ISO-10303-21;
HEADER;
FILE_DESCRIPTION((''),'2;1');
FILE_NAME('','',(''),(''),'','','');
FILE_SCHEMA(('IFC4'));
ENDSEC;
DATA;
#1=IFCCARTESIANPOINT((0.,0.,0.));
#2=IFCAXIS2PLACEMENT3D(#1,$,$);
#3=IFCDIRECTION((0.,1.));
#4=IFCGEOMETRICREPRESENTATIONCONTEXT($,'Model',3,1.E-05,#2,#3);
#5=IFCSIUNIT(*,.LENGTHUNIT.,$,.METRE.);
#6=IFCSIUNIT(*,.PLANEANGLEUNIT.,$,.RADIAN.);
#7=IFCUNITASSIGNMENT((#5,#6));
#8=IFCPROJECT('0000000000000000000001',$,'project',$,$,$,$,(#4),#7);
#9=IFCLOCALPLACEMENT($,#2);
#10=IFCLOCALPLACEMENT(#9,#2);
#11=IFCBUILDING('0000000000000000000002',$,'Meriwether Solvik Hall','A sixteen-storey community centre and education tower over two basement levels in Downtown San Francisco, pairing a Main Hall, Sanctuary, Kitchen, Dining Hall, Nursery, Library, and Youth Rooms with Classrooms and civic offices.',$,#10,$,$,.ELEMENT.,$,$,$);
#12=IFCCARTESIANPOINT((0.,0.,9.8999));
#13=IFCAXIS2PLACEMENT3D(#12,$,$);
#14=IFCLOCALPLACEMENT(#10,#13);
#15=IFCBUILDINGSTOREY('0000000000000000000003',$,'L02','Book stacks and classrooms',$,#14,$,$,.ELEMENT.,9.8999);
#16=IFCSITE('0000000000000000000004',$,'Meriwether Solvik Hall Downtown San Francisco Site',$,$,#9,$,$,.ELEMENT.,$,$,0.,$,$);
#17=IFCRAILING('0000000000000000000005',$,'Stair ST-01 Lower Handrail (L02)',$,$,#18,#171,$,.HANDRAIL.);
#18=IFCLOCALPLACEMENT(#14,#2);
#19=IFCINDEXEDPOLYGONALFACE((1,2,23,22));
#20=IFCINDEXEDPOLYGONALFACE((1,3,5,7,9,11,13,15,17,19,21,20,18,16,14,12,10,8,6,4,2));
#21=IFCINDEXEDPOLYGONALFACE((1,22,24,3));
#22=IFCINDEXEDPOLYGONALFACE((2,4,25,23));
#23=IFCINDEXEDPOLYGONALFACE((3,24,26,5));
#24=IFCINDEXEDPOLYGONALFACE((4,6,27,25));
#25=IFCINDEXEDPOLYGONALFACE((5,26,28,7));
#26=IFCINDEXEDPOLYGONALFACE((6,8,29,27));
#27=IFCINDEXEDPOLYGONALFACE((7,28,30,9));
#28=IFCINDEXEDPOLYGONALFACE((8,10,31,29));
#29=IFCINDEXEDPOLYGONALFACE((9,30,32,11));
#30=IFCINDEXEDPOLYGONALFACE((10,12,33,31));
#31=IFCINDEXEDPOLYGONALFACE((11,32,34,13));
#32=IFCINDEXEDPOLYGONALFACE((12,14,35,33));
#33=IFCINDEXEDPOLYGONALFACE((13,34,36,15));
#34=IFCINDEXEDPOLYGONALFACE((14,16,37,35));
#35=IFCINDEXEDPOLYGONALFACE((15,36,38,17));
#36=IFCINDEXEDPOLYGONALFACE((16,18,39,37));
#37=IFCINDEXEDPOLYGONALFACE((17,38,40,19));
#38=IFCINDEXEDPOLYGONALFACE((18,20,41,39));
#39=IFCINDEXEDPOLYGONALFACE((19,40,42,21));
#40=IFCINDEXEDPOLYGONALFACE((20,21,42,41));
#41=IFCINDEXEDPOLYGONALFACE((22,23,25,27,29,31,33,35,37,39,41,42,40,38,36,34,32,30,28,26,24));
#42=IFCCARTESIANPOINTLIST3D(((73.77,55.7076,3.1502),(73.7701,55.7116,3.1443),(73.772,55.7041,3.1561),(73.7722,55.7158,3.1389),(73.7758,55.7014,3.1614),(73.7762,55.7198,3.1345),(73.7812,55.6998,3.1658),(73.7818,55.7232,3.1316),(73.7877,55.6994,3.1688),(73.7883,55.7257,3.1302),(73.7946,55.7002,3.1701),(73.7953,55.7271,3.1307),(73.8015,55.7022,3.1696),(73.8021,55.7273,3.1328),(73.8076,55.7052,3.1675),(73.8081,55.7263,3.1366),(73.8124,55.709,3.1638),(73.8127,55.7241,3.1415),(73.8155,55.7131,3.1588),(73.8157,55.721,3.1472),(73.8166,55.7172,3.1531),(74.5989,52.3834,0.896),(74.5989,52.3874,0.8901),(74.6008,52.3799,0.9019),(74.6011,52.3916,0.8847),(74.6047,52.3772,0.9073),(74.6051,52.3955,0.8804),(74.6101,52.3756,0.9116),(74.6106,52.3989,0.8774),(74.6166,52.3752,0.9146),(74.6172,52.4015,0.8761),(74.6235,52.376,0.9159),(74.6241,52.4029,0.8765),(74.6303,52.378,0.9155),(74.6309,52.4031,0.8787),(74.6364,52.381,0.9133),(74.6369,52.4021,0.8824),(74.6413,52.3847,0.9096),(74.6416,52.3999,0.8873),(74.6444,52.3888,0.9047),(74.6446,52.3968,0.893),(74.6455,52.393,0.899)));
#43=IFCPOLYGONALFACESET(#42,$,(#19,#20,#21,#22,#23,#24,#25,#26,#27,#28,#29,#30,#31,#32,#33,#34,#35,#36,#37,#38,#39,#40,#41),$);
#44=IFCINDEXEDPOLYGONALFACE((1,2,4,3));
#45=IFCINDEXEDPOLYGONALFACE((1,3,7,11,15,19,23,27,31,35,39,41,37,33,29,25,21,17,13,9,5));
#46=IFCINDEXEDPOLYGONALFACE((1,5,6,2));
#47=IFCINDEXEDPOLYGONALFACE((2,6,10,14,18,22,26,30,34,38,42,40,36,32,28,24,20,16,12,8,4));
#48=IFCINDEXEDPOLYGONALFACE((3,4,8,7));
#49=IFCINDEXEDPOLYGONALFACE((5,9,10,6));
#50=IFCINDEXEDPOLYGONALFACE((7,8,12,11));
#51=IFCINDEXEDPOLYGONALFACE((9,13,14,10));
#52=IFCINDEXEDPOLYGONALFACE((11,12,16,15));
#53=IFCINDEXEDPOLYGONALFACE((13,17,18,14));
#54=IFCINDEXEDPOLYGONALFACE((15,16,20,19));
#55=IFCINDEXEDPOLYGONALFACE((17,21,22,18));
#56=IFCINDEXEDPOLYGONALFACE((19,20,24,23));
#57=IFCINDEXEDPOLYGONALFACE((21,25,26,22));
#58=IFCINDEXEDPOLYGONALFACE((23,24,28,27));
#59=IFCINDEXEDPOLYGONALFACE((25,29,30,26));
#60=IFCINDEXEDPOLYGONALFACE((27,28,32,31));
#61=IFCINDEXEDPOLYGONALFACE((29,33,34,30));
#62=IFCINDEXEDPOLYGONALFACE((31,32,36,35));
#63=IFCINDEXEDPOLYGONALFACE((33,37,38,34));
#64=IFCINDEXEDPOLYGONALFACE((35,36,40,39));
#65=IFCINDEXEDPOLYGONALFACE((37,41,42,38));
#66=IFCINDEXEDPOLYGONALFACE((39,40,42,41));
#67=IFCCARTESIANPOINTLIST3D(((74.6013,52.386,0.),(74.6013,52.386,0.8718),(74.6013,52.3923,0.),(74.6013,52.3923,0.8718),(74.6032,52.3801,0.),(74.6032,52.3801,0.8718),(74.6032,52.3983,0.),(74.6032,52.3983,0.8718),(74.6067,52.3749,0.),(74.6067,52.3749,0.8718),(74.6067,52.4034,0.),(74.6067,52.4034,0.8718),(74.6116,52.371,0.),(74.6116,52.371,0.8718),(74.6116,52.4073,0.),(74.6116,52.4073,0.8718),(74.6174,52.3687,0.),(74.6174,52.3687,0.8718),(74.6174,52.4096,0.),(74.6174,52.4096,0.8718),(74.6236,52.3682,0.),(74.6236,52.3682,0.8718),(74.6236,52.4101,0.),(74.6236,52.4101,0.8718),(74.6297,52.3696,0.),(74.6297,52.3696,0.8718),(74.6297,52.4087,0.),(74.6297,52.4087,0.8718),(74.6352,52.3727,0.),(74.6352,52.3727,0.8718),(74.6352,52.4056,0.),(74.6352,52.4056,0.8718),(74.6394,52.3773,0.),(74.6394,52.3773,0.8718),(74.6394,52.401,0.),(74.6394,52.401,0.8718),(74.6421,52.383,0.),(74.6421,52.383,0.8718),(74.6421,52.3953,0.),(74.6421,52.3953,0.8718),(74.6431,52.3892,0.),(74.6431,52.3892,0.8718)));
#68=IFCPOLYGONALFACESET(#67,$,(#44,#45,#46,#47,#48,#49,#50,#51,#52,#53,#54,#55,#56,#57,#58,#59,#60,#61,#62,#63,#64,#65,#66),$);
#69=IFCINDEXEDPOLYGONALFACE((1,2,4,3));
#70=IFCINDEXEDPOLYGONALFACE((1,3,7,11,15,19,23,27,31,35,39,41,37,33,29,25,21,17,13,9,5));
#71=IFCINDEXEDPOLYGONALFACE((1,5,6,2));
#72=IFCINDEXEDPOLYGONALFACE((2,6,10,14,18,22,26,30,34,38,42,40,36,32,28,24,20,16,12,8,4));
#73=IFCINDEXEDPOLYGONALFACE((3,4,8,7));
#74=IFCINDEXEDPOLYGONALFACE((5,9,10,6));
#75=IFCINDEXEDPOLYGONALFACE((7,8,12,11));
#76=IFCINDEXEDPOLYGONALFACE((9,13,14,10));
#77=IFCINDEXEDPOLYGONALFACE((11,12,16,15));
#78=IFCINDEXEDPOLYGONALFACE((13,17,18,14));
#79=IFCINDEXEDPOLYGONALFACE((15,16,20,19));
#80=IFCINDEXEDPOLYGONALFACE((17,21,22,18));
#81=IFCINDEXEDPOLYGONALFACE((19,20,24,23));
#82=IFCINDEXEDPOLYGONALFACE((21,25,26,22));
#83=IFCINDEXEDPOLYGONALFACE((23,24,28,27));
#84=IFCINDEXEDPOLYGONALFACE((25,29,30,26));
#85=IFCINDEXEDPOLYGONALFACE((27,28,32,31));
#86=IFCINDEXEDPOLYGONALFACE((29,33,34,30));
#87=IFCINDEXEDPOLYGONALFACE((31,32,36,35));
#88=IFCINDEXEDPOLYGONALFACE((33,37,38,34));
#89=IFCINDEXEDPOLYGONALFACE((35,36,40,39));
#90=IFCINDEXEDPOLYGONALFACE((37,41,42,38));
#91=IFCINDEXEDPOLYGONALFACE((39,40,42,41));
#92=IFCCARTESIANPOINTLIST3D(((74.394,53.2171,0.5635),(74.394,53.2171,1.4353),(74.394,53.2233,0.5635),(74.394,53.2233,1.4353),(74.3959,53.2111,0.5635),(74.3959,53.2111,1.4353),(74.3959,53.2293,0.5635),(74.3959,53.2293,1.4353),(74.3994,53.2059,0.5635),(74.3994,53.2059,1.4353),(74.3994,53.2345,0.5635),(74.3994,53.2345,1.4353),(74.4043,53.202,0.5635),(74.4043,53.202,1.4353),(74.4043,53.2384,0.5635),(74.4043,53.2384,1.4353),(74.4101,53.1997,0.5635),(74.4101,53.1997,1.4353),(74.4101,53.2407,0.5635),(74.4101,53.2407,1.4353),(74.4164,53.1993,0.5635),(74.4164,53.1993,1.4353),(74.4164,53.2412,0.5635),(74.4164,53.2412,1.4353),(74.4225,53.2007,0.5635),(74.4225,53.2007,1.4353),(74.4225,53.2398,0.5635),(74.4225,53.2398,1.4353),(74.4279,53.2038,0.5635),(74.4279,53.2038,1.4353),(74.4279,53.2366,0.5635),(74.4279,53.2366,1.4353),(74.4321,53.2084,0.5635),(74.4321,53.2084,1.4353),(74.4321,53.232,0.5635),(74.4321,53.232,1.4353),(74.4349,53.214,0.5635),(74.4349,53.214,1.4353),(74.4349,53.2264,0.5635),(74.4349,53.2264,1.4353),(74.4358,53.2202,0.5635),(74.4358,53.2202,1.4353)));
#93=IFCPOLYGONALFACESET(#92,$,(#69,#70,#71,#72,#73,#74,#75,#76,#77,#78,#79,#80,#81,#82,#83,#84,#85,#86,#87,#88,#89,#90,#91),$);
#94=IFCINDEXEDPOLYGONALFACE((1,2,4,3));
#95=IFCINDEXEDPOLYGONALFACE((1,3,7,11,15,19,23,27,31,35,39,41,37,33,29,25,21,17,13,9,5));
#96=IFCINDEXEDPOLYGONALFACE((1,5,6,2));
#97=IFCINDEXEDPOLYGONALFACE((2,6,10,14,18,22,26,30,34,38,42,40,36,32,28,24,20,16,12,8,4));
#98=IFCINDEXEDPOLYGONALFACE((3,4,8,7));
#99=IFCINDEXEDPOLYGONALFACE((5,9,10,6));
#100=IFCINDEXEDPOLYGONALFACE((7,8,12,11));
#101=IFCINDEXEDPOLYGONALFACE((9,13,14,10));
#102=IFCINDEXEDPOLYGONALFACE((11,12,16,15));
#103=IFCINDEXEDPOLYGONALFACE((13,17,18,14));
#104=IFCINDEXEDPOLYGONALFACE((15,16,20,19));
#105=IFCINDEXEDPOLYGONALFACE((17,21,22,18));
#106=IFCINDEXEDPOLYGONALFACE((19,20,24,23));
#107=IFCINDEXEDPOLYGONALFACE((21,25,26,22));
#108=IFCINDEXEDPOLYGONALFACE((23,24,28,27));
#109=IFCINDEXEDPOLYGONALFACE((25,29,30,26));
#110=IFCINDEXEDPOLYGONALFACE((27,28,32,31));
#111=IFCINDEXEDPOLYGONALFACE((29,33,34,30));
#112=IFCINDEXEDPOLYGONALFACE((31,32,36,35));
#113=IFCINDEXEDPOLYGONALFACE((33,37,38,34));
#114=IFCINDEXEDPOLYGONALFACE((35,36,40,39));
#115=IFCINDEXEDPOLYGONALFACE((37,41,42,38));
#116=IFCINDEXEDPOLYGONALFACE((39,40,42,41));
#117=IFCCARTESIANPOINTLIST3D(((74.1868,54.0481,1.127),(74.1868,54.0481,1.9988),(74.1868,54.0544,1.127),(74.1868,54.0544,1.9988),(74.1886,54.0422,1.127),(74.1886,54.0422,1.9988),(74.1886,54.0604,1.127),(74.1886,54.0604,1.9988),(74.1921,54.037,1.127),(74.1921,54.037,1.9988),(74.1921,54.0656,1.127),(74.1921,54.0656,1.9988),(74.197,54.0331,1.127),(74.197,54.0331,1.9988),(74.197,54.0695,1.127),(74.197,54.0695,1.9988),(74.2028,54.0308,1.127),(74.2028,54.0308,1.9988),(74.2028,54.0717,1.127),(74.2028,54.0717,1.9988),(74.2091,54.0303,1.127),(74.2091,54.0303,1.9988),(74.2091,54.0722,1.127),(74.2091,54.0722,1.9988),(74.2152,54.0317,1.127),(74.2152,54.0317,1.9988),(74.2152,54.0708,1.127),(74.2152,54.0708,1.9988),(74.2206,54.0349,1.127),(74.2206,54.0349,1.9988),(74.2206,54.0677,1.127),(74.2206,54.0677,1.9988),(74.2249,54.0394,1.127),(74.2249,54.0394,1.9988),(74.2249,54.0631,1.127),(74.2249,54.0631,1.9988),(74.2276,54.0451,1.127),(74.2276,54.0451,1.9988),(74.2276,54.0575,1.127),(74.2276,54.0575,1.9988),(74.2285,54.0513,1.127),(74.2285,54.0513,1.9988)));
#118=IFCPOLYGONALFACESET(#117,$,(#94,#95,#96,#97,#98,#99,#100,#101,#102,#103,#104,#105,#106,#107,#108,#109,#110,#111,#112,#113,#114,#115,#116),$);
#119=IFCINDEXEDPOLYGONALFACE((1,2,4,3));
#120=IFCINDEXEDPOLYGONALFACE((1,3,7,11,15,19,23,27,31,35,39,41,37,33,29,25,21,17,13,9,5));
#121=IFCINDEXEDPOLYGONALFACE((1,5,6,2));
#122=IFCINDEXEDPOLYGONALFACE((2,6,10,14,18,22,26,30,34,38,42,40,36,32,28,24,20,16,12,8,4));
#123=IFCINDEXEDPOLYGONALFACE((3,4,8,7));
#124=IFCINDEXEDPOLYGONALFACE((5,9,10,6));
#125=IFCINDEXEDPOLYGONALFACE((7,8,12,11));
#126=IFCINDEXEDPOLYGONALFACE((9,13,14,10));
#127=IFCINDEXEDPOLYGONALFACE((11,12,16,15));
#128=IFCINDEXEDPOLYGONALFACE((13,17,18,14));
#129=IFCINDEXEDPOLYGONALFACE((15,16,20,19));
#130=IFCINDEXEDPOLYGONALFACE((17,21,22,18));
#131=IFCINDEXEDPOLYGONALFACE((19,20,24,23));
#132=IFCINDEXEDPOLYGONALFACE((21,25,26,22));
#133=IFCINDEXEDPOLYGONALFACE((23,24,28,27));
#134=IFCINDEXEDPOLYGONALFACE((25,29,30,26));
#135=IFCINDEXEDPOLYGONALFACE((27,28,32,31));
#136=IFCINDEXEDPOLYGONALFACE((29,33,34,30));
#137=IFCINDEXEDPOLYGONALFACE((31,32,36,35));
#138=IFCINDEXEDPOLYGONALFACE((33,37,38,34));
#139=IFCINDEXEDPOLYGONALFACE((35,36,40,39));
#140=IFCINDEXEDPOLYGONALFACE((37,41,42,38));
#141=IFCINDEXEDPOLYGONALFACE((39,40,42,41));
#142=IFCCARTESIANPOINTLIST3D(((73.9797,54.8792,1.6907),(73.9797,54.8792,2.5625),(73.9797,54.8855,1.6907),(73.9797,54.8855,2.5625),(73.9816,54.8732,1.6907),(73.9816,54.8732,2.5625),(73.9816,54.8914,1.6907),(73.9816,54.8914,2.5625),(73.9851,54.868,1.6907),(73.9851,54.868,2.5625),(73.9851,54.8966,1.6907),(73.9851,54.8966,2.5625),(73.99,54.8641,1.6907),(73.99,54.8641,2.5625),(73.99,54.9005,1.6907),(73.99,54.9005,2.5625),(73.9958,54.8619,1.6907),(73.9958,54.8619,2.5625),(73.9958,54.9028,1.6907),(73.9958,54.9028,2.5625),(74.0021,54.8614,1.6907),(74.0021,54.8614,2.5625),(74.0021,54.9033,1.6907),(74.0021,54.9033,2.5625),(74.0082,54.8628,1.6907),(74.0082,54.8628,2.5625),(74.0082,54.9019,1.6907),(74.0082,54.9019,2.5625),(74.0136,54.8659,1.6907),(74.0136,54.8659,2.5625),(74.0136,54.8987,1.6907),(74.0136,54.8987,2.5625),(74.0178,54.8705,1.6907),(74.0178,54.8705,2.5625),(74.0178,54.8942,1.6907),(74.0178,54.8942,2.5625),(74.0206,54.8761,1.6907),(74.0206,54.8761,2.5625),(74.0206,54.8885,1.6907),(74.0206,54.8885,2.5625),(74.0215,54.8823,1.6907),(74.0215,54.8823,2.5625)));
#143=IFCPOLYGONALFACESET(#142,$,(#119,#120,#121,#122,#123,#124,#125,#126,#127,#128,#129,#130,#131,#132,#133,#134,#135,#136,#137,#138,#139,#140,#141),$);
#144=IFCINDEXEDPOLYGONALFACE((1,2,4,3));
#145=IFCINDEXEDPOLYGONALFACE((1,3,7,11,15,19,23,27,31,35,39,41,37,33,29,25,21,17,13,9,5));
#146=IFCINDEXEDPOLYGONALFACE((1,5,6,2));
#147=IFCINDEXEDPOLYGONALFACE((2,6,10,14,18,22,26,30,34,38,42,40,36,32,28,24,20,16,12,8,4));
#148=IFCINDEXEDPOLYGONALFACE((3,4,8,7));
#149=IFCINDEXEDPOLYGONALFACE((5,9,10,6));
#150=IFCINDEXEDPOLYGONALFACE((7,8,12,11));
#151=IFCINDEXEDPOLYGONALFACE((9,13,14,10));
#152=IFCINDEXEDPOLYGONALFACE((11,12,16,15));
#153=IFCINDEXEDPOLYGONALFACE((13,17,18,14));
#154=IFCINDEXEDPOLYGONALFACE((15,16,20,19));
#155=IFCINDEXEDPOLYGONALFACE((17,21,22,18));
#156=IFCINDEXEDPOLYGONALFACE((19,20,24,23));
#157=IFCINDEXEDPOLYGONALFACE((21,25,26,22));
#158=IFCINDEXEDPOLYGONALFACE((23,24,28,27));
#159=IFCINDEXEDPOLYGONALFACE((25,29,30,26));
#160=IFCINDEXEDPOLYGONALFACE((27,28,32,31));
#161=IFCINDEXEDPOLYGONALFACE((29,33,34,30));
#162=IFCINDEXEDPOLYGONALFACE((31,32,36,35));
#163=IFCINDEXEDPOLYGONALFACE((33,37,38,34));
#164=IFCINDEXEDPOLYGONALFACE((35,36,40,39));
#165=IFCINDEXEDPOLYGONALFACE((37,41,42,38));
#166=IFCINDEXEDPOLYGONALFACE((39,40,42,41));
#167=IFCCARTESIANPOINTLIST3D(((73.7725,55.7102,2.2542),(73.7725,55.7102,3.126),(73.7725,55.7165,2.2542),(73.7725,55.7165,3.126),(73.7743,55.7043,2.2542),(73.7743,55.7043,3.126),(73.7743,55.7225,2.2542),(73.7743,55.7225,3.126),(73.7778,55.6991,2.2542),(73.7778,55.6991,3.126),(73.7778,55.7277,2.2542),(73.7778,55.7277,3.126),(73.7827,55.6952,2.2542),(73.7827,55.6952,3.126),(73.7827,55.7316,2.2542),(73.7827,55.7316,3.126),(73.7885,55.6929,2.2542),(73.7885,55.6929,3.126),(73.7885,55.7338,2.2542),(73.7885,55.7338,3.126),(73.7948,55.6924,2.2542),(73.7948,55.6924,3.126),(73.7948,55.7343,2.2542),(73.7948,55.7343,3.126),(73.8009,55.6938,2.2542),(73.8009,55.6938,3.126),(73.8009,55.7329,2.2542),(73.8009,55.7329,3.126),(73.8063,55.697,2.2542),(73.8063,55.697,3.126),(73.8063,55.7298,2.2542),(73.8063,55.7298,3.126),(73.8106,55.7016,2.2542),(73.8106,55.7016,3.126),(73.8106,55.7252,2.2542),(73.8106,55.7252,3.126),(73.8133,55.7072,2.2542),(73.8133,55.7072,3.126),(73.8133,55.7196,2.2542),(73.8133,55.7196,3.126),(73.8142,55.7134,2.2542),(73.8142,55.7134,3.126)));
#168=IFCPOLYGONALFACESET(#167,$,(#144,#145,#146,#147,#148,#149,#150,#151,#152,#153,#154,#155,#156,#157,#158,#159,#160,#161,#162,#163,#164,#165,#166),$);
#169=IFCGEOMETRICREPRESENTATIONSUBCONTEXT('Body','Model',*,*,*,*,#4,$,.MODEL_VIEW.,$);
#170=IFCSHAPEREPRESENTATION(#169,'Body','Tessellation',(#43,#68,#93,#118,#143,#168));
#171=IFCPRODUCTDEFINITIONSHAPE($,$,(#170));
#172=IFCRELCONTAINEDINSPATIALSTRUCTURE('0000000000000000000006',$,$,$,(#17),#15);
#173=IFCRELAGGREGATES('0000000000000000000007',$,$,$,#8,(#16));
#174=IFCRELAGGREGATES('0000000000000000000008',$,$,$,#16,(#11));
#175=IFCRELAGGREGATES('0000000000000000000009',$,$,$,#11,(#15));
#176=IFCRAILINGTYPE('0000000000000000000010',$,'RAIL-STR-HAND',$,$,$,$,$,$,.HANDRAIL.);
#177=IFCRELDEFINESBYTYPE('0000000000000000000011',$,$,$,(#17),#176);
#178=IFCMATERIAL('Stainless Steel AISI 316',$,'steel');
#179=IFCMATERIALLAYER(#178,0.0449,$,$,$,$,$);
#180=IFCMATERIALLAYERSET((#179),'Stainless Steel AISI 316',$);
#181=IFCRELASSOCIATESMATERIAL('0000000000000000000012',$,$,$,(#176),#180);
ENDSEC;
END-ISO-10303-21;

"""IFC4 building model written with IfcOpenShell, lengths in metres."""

from ifc_helpers import new_model, si_unit, direction, frame, origin, origin_2d, place, context, subcontext, project, spatial, circle, extrude, material, layer, layer_set, type_object, element, save


model = new_model("IFC4")

# Units and contexts
model_context = context("Model", 3, precision=1e-05, world=origin(), true_north=direction((0.0, 1.0)))
body_context = subcontext(model_context, "Body", "Model", "MODEL_VIEW")
ifc_project = project(units=[si_unit("LENGTHUNIT", "METRE"), si_unit("PLANEANGLEUNIT", "RADIAN")], contexts=[model_context])

# Site, building, storey
site_placement = place(None, origin())
site = spatial("IfcSite", under=ifc_project, at=site_placement, Name="Meriwether Solvik Hall Downtown San Francisco Site", CompositionType="ELEMENT", RefElevation=0.0)
building_placement = place(site_placement, origin())
building = spatial("IfcBuilding", under=site, at=building_placement, Name="Meriwether Solvik Hall", Description="A sixteen-storey community centre and education tower over two basement levels in Downtown San Francisco, pairing a Main Hall, Sanctuary, Kitchen, Dining Hall, Nursery, Library, and Youth Rooms with Classrooms and civic offices.", CompositionType="ELEMENT")
storey_placement = place(building_placement, frame((0.0, 0.0, 9.8999)))
storey = spatial("IfcBuildingStorey", under=building, at=storey_placement, Name="L02", Description="Book stacks and classrooms", CompositionType="ELEMENT", Elevation=9.8999)

# Railing
ifc_material_1 = material(Name="Stainless Steel AISI 316", Category="steel")
ifc_layer_1 = layer(ifc_material_1, 0.0449)
ifc_layer_set_1 = layer_set([ifc_layer_1], Name="Stainless Steel AISI 316")
railing_type_1 = type_object("IfcRailingType", Name="RAIL-STR-HAND", PredefinedType="HANDRAIL", material=ifc_layer_set_1)
railing_1_placement = place(storey_placement, frame((74.6221, 52.3892, 0.0)))
element("IfcRailing", 1, at=railing_1_placement, inside=storey, type_object=railing_type_1, Name="Stair ST-01 Lower Handrail (L02)", PredefinedType="HANDRAIL", context=body_context, shape_type="SweptSolid", body=[
    extrude(circle(Radius=0.0239, at=origin_2d()), frame((0.0, 0.0, 0.896), z_axis=(-0.202108, 0.810577, 0.549652), x_axis=(-0.970293, -0.241932, 0.0)), (0.0, 0.0, 1.0), 4.1011),
    extrude(circle(Radius=0.021, at=origin_2d()), origin(), (0.0, 0.0, 1.0), 0.8718),
    extrude(circle(Radius=0.021, at=origin_2d()), frame((-0.2073, 0.8311, 0.5635)), (0.0, 0.0, 1.0), 0.8718),
    extrude(circle(Radius=0.021, at=origin_2d()), frame((-0.4146, 1.6621, 1.127)), (0.0, 0.0, 1.0), 0.8718),
    extrude(circle(Radius=0.021, at=origin_2d()), frame((-0.6216, 2.4932, 1.6907)), (0.0, 0.0, 1.0), 0.8718),
    extrude(circle(Radius=0.021, at=origin_2d()), frame((-0.8289, 3.3242, 2.2542)), (0.0, 0.0, 1.0), 0.8718),
])

save(model, "model.ifc")
